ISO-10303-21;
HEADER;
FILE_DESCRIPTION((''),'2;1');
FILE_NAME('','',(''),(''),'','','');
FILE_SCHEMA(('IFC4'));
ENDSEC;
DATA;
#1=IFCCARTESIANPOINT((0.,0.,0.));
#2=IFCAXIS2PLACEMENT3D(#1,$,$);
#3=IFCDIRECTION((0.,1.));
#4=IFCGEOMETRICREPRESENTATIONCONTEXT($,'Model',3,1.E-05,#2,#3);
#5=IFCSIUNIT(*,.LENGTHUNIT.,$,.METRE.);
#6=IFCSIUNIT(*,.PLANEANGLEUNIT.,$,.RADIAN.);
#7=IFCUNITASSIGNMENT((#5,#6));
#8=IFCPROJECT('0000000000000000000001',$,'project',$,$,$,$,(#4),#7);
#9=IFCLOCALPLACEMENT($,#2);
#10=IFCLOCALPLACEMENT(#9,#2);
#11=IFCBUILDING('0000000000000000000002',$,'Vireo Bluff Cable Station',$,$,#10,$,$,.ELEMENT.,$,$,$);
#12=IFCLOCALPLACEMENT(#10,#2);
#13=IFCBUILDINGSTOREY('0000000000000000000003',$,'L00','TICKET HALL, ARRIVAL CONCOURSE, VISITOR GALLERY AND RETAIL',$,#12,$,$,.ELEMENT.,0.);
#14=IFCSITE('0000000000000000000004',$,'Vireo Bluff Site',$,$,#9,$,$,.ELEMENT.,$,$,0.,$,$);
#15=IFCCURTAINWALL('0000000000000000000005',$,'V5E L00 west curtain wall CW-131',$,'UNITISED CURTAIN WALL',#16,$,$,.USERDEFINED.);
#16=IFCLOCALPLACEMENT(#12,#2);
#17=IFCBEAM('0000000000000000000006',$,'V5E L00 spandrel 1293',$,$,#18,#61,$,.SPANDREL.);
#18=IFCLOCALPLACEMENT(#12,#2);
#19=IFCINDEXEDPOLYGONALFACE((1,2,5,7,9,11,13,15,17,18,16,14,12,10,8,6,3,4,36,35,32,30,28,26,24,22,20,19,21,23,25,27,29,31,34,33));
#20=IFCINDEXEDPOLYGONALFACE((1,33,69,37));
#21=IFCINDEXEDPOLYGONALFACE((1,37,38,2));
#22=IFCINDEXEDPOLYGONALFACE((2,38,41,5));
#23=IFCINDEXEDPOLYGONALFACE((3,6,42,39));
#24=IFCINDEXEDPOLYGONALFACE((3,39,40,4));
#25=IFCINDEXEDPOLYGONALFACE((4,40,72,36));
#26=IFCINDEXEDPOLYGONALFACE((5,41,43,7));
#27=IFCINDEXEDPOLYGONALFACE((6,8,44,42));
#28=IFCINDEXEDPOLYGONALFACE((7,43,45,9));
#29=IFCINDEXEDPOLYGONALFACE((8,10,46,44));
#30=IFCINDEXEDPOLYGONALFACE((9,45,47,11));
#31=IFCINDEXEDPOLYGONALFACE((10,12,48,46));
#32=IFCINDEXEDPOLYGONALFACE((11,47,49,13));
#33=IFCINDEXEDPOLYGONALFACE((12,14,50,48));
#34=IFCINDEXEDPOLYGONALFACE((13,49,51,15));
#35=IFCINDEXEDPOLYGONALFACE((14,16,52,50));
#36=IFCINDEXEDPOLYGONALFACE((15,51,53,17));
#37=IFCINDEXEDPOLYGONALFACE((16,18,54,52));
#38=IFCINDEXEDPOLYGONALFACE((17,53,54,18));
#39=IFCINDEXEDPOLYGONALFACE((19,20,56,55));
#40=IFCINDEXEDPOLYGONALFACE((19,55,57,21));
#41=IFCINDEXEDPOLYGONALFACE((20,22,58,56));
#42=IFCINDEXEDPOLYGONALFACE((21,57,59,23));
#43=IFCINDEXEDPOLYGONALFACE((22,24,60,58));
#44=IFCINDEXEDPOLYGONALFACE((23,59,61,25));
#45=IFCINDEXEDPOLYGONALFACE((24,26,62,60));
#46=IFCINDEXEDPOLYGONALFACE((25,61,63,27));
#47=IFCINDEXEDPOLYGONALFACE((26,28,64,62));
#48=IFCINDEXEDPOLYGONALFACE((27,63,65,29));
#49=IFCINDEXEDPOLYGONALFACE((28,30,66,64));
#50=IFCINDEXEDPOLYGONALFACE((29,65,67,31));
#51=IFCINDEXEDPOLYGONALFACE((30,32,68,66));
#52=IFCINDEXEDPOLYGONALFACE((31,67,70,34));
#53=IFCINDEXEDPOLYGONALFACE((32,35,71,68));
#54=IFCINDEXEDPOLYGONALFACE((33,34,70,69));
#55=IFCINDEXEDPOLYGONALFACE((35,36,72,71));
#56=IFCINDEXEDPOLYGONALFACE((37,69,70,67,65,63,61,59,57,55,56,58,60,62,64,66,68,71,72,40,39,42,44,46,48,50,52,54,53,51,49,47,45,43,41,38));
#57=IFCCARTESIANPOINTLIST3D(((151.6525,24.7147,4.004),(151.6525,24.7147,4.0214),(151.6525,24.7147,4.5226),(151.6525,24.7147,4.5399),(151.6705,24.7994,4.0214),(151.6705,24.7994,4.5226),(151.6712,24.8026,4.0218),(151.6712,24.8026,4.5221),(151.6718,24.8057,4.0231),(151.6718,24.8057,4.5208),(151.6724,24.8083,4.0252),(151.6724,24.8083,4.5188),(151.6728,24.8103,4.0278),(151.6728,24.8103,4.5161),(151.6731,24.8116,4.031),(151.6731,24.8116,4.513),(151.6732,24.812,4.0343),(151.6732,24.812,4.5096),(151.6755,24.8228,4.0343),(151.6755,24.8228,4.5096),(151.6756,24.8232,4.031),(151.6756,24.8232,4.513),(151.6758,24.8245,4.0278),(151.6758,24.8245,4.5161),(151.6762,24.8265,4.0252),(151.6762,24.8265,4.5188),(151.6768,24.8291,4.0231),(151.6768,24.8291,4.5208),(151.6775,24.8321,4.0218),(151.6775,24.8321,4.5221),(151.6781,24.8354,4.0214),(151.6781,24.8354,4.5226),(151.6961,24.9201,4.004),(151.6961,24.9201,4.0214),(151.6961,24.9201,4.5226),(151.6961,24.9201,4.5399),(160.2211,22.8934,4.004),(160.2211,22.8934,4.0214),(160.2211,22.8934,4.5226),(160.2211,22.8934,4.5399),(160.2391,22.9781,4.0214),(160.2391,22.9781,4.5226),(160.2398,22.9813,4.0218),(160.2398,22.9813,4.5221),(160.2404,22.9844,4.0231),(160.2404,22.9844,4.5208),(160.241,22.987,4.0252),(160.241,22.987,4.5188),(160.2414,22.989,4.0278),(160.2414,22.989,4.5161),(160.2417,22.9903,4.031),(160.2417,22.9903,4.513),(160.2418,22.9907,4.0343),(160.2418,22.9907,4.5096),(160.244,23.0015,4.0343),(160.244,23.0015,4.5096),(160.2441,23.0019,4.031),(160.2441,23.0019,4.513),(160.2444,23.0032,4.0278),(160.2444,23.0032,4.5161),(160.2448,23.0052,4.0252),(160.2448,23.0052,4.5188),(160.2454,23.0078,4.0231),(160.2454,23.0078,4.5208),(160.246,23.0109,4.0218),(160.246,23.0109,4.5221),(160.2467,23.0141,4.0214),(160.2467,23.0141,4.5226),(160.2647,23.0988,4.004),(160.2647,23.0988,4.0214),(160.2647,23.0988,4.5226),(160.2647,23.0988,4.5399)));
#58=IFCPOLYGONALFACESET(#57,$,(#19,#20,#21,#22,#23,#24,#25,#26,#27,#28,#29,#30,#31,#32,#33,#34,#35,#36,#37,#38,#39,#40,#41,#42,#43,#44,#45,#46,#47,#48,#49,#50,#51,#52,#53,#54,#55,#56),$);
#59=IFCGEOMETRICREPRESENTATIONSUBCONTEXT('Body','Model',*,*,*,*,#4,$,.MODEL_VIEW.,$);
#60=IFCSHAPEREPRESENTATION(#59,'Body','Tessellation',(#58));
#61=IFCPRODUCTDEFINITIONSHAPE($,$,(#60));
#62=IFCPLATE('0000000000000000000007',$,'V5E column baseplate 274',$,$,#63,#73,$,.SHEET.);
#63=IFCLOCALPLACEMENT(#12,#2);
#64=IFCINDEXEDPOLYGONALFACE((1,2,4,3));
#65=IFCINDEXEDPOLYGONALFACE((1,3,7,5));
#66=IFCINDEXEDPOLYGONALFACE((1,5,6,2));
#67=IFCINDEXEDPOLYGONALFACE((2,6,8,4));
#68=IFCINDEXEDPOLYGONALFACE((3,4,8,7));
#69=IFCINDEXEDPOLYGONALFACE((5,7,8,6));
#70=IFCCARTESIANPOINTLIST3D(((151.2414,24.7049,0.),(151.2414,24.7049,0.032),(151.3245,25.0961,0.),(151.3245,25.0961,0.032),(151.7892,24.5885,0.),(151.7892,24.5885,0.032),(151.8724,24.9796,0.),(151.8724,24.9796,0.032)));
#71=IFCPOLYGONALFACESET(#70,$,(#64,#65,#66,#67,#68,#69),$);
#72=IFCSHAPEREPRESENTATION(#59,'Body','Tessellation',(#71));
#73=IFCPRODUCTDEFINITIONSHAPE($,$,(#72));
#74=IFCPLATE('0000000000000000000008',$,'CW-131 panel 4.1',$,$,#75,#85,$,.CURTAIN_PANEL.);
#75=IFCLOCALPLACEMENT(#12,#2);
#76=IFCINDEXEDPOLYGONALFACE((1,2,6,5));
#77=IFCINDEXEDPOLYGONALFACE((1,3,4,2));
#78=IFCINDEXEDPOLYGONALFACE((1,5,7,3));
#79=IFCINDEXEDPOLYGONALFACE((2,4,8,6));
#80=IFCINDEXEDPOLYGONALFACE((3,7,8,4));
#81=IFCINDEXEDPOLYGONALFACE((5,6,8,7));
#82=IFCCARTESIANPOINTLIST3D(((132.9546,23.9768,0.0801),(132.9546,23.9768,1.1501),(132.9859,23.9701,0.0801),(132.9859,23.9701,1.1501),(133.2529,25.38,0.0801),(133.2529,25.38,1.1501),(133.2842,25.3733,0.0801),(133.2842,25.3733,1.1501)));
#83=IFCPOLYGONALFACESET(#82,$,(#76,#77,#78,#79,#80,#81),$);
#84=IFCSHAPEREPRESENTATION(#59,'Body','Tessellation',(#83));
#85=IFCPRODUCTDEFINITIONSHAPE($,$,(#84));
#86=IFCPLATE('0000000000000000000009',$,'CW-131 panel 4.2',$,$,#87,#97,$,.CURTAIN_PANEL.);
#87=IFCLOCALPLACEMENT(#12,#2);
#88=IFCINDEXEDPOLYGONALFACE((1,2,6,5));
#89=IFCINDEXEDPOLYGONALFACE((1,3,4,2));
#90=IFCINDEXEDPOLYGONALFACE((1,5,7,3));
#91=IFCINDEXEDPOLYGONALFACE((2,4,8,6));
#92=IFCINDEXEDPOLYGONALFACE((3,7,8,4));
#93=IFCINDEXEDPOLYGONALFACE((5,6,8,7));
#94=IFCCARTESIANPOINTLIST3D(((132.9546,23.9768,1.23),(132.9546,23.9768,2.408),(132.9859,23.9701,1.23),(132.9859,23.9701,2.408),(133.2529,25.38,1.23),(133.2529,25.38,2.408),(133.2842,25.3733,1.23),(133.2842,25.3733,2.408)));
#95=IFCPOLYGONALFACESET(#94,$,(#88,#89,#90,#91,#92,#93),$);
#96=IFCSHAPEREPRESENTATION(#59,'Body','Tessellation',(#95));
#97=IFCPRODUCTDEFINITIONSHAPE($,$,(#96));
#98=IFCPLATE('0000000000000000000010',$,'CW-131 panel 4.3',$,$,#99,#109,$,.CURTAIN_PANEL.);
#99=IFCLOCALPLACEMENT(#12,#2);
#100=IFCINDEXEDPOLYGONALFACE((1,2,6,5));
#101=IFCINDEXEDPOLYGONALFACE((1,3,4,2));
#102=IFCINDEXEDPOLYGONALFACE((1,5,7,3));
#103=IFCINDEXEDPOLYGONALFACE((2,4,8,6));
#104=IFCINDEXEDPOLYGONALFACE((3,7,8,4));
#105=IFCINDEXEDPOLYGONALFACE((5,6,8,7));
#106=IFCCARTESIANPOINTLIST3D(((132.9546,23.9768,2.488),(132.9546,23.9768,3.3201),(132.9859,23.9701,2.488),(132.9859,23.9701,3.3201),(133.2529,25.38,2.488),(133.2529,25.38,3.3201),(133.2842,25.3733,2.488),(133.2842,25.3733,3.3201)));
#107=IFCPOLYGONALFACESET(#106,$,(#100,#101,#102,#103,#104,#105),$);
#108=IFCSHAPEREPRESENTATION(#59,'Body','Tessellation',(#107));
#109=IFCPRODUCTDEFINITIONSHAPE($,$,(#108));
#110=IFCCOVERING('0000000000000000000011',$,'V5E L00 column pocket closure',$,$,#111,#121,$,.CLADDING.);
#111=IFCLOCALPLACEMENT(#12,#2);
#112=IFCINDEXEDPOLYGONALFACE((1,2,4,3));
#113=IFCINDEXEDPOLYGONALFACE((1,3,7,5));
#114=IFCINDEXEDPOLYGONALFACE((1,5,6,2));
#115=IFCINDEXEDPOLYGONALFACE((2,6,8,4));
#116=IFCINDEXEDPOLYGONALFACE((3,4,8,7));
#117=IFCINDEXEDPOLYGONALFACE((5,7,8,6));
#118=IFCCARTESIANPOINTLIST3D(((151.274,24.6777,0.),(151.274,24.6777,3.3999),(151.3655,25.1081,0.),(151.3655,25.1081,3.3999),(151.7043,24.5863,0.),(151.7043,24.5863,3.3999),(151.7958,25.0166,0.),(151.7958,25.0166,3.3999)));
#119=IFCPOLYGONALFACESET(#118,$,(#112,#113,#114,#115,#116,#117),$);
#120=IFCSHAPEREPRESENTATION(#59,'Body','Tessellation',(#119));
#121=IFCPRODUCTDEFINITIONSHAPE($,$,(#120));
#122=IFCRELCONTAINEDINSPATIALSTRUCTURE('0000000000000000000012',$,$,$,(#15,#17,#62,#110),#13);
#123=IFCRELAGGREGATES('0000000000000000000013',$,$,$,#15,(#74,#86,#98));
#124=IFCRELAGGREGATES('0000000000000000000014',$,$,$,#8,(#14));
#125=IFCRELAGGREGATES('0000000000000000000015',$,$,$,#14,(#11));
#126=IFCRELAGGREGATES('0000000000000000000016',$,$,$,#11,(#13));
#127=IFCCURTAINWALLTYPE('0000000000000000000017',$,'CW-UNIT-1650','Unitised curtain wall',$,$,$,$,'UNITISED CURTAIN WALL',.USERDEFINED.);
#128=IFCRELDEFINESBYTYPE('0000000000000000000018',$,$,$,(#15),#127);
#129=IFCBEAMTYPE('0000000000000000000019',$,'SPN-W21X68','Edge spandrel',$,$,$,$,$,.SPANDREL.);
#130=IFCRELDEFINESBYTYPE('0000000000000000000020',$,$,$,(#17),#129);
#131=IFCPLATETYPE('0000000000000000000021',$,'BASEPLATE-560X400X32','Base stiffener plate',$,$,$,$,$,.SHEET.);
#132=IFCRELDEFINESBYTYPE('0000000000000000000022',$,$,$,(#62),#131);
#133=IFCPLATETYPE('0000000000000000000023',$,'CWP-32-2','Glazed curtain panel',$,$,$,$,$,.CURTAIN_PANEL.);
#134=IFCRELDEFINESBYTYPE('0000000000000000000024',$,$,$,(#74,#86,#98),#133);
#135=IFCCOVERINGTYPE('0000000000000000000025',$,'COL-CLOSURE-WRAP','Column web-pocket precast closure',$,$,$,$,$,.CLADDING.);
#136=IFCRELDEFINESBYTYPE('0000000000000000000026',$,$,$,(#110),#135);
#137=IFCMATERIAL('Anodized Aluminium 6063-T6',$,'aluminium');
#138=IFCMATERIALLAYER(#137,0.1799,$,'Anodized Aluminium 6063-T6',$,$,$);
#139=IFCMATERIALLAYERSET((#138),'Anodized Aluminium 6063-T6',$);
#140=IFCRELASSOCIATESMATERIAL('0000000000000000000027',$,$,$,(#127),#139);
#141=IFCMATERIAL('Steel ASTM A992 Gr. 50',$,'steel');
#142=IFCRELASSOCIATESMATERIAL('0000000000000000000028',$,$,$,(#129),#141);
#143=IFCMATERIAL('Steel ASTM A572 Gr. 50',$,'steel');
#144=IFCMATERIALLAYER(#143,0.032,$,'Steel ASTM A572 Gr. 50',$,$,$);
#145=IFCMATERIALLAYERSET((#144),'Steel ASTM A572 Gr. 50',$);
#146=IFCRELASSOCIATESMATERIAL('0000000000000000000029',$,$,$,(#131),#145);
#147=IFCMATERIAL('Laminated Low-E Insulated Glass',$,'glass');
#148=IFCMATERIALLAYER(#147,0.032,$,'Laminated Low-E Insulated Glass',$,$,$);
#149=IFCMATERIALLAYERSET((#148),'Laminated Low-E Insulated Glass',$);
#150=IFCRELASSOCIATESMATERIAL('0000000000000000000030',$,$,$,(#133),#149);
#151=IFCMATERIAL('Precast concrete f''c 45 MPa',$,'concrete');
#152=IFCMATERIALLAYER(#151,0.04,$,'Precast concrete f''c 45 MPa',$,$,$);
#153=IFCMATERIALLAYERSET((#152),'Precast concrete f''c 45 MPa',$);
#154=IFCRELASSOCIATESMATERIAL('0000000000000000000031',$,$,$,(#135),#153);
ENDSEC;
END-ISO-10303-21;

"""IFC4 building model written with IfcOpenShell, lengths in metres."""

from ifc_helpers import new_model, si_unit, direction, frame, origin, origin_2d, place, context, subcontext, project, spatial, rectangle, i_section, extrude, material, layer, layer_set, material_profile, profile_set, type_object, element, aggregate, save


model = new_model("IFC4")

# Units and contexts
model_context = context("Model", 3, precision=1e-05, world=origin(), true_north=direction((0.0, 1.0)))
body_context = subcontext(model_context, "Body", "Model", "MODEL_VIEW")
ifc_project = project(units=[si_unit("LENGTHUNIT", "METRE"), si_unit("PLANEANGLEUNIT", "RADIAN")], contexts=[model_context])

# Site, building, storey
site_placement = place(None, origin())
site = spatial("IfcSite", under=ifc_project, at=site_placement, Name="Vireo Bluff Site", CompositionType="ELEMENT", RefElevation=0.0)
building_placement = place(site_placement, origin())
building = spatial("IfcBuilding", under=site, at=building_placement, Name="Vireo Bluff Cable Station", CompositionType="ELEMENT")
storey_placement = place(building_placement, origin())
storey = spatial("IfcBuildingStorey", under=building, at=storey_placement, Name="L00", Description="TICKET HALL, ARRIVAL CONCOURSE, VISITOR GALLERY AND RETAIL", CompositionType="ELEMENT", Elevation=0.0)

# Shared definitions
ifc_material_1 = material(Name="Steel ASTM A992 Gr. 50", Category="steel")

# Shared definitions
ifc_material_2 = material(Name="Anodized Aluminium 6063-T6", Category="aluminium")

# Curtain wall
ifc_layer_1 = layer(ifc_material_2, 0.1799, Name="Anodized Aluminium 6063-T6")
ifc_layer_set_1 = layer_set([ifc_layer_1], Name="Anodized Aluminium 6063-T6")
curtain_wall_type_1 = type_object("IfcCurtainWallType", Name="CW-UNIT-1650", Description="Unitised curtain wall", ElementType="UNITISED CURTAIN WALL", PredefinedType="USERDEFINED", material=ifc_layer_set_1)
curtain_wall_1_placement = place(storey_placement, origin())
curtain_wall_1 = element("IfcCurtainWall", 1, at=curtain_wall_1_placement, inside=storey, type_object=curtain_wall_type_1, Name="V5E L00 west curtain wall CW-131", ObjectType="UNITISED CURTAIN WALL", PredefinedType="USERDEFINED")

# Beam
ifc_material_profile_1 = material_profile(ifc_material_1, i_section(OverallWidth=0.21, OverallDepth=0.5359, WebThickness=0.011, FlangeThickness=0.0173, FilletRadius=0.0129, at=origin_2d()), Name="W21X68")
ifc_profile_set_1 = profile_set([ifc_material_profile_1], Name="Steel ASTM A992 Gr. 50")
beam_type_1 = type_object("IfcBeamType", Name="SPN-W21X68", Description="Edge spandrel", PredefinedType="SPANDREL", material=ifc_profile_set_1)
beam_1_placement = place(storey_placement, frame((151.6743, 24.8174, 4.272), z_axis=(0.978148, -0.207909, 0.0), x_axis=(0.207909, 0.978148, 0.0)))
element("IfcBeam", 2, at=beam_1_placement, inside=storey, type_object=beam_type_1, Name="V5E L00 spandrel 1293", PredefinedType="SPANDREL", context=body_context, shape_type="SweptSolid", body=[
    extrude(i_section(OverallWidth=0.21, OverallDepth=0.5359, WebThickness=0.011, FlangeThickness=0.0173, FilletRadius=0.0129, at=origin_2d()), origin(), (0.0, 0.0, 1.0), 8.76),
])

# Plates
ifc_material_3 = material(Name="Steel ASTM A572 Gr. 50", Category="steel")
ifc_layer_2 = layer(ifc_material_3, 0.032, Name="Steel ASTM A572 Gr. 50")
ifc_layer_set_2 = layer_set([ifc_layer_2], Name="Steel ASTM A572 Gr. 50")
plate_type_1 = type_object("IfcPlateType", Name="BASEPLATE-560X400X32", Description="Base stiffener plate", PredefinedType="SHEET", material=ifc_layer_set_2)
plate_1_placement = place(storey_placement, frame((151.5569, 24.8423, 0.0), z_axis=(0.0, 0.0, 1.0), x_axis=(0.978148, -0.207912, 0.0)))
element("IfcPlate", 3, at=plate_1_placement, inside=storey, type_object=plate_type_1, Name="V5E column baseplate 274", PredefinedType="SHEET", context=body_context, shape_type="SweptSolid", body=[
    extrude(rectangle(XDim=0.5601, YDim=0.3999, at=origin_2d()), origin(), (0.0, 0.0, 1.0), 0.032),
])
ifc_material_4 = material(Name="Laminated Low-E Insulated Glass", Category="glass")
ifc_layer_3 = layer(ifc_material_4, 0.032, Name="Laminated Low-E Insulated Glass")
ifc_layer_set_3 = layer_set([ifc_layer_3], Name="Laminated Low-E Insulated Glass")
plate_type_2 = type_object("IfcPlateType", Name="CWP-32-2", Description="Glazed curtain panel", PredefinedType="CURTAIN_PANEL", material=ifc_layer_set_3)
plate_2_placement = place(storey_placement, frame((133.1194, 24.675, 0.0801), z_axis=(0.0, 0.0, 1.0), x_axis=(0.207912, 0.978148, 0.0)))
plate_2 = element("IfcPlate", 4, at=plate_2_placement, type_object=plate_type_2, Name="CW-131 panel 4.1", PredefinedType="CURTAIN_PANEL", context=body_context, shape_type="SweptSolid", body=[
    extrude(rectangle(XDim=1.4346, YDim=0.032, at=origin_2d()), origin(), (0.0, 0.0, 1.0), 1.0701),
])
plate_3_placement = place(storey_placement, frame((133.1194, 24.675, 1.23), z_axis=(0.0, 0.0, 1.0), x_axis=(0.207912, 0.978148, 0.0)))
plate_3 = element("IfcPlate", 5, at=plate_3_placement, type_object=plate_type_2, Name="CW-131 panel 4.2", PredefinedType="CURTAIN_PANEL", context=body_context, shape_type="SweptSolid", body=[
    extrude(rectangle(XDim=1.4346, YDim=0.032, at=origin_2d()), origin(), (0.0, 0.0, 1.0), 1.178),
])
plate_4_placement = place(storey_placement, frame((133.1194, 24.675, 2.488), z_axis=(0.0, 0.0, 1.0), x_axis=(0.207912, 0.978148, 0.0)))
plate_4 = element("IfcPlate", 6, at=plate_4_placement, type_object=plate_type_2, Name="CW-131 panel 4.3", PredefinedType="CURTAIN_PANEL", context=body_context, shape_type="SweptSolid", body=[
    extrude(rectangle(XDim=1.4346, YDim=0.032, at=origin_2d()), origin(), (0.0, 0.0, 1.0), 0.832),
])
aggregate(curtain_wall_1, [plate_2, plate_3, plate_4])

# Covering
ifc_material_5 = material(Name="Precast concrete f'c 45 MPa", Category="concrete")
ifc_layer_4 = layer(ifc_material_5, 0.04, Name="Precast concrete f'c 45 MPa")
ifc_layer_set_4 = layer_set([ifc_layer_4], Name="Precast concrete f'c 45 MPa")
covering_type = type_object("IfcCoveringType", Name="COL-CLOSURE-WRAP", Description="Column web-pocket precast closure", PredefinedType="CLADDING", material=ifc_layer_set_4)
covering_placement = place(storey_placement, frame((151.5349, 24.8472, 0.0), z_axis=(0.0, 0.0, 1.0), x_axis=(0.978148, -0.207912, 0.0)))
element("IfcCovering", 7, at=covering_placement, inside=storey, type_object=covering_type, Name="V5E L00 column pocket closure", PredefinedType="CLADDING", context=body_context, shape_type="SweptSolid", body=[
    extrude(rectangle(XDim=0.4399, YDim=0.4399, at=origin_2d()), origin(), (0.0, 0.0, 1.0), 3.3999),
])

save(model, "model.ifc")
